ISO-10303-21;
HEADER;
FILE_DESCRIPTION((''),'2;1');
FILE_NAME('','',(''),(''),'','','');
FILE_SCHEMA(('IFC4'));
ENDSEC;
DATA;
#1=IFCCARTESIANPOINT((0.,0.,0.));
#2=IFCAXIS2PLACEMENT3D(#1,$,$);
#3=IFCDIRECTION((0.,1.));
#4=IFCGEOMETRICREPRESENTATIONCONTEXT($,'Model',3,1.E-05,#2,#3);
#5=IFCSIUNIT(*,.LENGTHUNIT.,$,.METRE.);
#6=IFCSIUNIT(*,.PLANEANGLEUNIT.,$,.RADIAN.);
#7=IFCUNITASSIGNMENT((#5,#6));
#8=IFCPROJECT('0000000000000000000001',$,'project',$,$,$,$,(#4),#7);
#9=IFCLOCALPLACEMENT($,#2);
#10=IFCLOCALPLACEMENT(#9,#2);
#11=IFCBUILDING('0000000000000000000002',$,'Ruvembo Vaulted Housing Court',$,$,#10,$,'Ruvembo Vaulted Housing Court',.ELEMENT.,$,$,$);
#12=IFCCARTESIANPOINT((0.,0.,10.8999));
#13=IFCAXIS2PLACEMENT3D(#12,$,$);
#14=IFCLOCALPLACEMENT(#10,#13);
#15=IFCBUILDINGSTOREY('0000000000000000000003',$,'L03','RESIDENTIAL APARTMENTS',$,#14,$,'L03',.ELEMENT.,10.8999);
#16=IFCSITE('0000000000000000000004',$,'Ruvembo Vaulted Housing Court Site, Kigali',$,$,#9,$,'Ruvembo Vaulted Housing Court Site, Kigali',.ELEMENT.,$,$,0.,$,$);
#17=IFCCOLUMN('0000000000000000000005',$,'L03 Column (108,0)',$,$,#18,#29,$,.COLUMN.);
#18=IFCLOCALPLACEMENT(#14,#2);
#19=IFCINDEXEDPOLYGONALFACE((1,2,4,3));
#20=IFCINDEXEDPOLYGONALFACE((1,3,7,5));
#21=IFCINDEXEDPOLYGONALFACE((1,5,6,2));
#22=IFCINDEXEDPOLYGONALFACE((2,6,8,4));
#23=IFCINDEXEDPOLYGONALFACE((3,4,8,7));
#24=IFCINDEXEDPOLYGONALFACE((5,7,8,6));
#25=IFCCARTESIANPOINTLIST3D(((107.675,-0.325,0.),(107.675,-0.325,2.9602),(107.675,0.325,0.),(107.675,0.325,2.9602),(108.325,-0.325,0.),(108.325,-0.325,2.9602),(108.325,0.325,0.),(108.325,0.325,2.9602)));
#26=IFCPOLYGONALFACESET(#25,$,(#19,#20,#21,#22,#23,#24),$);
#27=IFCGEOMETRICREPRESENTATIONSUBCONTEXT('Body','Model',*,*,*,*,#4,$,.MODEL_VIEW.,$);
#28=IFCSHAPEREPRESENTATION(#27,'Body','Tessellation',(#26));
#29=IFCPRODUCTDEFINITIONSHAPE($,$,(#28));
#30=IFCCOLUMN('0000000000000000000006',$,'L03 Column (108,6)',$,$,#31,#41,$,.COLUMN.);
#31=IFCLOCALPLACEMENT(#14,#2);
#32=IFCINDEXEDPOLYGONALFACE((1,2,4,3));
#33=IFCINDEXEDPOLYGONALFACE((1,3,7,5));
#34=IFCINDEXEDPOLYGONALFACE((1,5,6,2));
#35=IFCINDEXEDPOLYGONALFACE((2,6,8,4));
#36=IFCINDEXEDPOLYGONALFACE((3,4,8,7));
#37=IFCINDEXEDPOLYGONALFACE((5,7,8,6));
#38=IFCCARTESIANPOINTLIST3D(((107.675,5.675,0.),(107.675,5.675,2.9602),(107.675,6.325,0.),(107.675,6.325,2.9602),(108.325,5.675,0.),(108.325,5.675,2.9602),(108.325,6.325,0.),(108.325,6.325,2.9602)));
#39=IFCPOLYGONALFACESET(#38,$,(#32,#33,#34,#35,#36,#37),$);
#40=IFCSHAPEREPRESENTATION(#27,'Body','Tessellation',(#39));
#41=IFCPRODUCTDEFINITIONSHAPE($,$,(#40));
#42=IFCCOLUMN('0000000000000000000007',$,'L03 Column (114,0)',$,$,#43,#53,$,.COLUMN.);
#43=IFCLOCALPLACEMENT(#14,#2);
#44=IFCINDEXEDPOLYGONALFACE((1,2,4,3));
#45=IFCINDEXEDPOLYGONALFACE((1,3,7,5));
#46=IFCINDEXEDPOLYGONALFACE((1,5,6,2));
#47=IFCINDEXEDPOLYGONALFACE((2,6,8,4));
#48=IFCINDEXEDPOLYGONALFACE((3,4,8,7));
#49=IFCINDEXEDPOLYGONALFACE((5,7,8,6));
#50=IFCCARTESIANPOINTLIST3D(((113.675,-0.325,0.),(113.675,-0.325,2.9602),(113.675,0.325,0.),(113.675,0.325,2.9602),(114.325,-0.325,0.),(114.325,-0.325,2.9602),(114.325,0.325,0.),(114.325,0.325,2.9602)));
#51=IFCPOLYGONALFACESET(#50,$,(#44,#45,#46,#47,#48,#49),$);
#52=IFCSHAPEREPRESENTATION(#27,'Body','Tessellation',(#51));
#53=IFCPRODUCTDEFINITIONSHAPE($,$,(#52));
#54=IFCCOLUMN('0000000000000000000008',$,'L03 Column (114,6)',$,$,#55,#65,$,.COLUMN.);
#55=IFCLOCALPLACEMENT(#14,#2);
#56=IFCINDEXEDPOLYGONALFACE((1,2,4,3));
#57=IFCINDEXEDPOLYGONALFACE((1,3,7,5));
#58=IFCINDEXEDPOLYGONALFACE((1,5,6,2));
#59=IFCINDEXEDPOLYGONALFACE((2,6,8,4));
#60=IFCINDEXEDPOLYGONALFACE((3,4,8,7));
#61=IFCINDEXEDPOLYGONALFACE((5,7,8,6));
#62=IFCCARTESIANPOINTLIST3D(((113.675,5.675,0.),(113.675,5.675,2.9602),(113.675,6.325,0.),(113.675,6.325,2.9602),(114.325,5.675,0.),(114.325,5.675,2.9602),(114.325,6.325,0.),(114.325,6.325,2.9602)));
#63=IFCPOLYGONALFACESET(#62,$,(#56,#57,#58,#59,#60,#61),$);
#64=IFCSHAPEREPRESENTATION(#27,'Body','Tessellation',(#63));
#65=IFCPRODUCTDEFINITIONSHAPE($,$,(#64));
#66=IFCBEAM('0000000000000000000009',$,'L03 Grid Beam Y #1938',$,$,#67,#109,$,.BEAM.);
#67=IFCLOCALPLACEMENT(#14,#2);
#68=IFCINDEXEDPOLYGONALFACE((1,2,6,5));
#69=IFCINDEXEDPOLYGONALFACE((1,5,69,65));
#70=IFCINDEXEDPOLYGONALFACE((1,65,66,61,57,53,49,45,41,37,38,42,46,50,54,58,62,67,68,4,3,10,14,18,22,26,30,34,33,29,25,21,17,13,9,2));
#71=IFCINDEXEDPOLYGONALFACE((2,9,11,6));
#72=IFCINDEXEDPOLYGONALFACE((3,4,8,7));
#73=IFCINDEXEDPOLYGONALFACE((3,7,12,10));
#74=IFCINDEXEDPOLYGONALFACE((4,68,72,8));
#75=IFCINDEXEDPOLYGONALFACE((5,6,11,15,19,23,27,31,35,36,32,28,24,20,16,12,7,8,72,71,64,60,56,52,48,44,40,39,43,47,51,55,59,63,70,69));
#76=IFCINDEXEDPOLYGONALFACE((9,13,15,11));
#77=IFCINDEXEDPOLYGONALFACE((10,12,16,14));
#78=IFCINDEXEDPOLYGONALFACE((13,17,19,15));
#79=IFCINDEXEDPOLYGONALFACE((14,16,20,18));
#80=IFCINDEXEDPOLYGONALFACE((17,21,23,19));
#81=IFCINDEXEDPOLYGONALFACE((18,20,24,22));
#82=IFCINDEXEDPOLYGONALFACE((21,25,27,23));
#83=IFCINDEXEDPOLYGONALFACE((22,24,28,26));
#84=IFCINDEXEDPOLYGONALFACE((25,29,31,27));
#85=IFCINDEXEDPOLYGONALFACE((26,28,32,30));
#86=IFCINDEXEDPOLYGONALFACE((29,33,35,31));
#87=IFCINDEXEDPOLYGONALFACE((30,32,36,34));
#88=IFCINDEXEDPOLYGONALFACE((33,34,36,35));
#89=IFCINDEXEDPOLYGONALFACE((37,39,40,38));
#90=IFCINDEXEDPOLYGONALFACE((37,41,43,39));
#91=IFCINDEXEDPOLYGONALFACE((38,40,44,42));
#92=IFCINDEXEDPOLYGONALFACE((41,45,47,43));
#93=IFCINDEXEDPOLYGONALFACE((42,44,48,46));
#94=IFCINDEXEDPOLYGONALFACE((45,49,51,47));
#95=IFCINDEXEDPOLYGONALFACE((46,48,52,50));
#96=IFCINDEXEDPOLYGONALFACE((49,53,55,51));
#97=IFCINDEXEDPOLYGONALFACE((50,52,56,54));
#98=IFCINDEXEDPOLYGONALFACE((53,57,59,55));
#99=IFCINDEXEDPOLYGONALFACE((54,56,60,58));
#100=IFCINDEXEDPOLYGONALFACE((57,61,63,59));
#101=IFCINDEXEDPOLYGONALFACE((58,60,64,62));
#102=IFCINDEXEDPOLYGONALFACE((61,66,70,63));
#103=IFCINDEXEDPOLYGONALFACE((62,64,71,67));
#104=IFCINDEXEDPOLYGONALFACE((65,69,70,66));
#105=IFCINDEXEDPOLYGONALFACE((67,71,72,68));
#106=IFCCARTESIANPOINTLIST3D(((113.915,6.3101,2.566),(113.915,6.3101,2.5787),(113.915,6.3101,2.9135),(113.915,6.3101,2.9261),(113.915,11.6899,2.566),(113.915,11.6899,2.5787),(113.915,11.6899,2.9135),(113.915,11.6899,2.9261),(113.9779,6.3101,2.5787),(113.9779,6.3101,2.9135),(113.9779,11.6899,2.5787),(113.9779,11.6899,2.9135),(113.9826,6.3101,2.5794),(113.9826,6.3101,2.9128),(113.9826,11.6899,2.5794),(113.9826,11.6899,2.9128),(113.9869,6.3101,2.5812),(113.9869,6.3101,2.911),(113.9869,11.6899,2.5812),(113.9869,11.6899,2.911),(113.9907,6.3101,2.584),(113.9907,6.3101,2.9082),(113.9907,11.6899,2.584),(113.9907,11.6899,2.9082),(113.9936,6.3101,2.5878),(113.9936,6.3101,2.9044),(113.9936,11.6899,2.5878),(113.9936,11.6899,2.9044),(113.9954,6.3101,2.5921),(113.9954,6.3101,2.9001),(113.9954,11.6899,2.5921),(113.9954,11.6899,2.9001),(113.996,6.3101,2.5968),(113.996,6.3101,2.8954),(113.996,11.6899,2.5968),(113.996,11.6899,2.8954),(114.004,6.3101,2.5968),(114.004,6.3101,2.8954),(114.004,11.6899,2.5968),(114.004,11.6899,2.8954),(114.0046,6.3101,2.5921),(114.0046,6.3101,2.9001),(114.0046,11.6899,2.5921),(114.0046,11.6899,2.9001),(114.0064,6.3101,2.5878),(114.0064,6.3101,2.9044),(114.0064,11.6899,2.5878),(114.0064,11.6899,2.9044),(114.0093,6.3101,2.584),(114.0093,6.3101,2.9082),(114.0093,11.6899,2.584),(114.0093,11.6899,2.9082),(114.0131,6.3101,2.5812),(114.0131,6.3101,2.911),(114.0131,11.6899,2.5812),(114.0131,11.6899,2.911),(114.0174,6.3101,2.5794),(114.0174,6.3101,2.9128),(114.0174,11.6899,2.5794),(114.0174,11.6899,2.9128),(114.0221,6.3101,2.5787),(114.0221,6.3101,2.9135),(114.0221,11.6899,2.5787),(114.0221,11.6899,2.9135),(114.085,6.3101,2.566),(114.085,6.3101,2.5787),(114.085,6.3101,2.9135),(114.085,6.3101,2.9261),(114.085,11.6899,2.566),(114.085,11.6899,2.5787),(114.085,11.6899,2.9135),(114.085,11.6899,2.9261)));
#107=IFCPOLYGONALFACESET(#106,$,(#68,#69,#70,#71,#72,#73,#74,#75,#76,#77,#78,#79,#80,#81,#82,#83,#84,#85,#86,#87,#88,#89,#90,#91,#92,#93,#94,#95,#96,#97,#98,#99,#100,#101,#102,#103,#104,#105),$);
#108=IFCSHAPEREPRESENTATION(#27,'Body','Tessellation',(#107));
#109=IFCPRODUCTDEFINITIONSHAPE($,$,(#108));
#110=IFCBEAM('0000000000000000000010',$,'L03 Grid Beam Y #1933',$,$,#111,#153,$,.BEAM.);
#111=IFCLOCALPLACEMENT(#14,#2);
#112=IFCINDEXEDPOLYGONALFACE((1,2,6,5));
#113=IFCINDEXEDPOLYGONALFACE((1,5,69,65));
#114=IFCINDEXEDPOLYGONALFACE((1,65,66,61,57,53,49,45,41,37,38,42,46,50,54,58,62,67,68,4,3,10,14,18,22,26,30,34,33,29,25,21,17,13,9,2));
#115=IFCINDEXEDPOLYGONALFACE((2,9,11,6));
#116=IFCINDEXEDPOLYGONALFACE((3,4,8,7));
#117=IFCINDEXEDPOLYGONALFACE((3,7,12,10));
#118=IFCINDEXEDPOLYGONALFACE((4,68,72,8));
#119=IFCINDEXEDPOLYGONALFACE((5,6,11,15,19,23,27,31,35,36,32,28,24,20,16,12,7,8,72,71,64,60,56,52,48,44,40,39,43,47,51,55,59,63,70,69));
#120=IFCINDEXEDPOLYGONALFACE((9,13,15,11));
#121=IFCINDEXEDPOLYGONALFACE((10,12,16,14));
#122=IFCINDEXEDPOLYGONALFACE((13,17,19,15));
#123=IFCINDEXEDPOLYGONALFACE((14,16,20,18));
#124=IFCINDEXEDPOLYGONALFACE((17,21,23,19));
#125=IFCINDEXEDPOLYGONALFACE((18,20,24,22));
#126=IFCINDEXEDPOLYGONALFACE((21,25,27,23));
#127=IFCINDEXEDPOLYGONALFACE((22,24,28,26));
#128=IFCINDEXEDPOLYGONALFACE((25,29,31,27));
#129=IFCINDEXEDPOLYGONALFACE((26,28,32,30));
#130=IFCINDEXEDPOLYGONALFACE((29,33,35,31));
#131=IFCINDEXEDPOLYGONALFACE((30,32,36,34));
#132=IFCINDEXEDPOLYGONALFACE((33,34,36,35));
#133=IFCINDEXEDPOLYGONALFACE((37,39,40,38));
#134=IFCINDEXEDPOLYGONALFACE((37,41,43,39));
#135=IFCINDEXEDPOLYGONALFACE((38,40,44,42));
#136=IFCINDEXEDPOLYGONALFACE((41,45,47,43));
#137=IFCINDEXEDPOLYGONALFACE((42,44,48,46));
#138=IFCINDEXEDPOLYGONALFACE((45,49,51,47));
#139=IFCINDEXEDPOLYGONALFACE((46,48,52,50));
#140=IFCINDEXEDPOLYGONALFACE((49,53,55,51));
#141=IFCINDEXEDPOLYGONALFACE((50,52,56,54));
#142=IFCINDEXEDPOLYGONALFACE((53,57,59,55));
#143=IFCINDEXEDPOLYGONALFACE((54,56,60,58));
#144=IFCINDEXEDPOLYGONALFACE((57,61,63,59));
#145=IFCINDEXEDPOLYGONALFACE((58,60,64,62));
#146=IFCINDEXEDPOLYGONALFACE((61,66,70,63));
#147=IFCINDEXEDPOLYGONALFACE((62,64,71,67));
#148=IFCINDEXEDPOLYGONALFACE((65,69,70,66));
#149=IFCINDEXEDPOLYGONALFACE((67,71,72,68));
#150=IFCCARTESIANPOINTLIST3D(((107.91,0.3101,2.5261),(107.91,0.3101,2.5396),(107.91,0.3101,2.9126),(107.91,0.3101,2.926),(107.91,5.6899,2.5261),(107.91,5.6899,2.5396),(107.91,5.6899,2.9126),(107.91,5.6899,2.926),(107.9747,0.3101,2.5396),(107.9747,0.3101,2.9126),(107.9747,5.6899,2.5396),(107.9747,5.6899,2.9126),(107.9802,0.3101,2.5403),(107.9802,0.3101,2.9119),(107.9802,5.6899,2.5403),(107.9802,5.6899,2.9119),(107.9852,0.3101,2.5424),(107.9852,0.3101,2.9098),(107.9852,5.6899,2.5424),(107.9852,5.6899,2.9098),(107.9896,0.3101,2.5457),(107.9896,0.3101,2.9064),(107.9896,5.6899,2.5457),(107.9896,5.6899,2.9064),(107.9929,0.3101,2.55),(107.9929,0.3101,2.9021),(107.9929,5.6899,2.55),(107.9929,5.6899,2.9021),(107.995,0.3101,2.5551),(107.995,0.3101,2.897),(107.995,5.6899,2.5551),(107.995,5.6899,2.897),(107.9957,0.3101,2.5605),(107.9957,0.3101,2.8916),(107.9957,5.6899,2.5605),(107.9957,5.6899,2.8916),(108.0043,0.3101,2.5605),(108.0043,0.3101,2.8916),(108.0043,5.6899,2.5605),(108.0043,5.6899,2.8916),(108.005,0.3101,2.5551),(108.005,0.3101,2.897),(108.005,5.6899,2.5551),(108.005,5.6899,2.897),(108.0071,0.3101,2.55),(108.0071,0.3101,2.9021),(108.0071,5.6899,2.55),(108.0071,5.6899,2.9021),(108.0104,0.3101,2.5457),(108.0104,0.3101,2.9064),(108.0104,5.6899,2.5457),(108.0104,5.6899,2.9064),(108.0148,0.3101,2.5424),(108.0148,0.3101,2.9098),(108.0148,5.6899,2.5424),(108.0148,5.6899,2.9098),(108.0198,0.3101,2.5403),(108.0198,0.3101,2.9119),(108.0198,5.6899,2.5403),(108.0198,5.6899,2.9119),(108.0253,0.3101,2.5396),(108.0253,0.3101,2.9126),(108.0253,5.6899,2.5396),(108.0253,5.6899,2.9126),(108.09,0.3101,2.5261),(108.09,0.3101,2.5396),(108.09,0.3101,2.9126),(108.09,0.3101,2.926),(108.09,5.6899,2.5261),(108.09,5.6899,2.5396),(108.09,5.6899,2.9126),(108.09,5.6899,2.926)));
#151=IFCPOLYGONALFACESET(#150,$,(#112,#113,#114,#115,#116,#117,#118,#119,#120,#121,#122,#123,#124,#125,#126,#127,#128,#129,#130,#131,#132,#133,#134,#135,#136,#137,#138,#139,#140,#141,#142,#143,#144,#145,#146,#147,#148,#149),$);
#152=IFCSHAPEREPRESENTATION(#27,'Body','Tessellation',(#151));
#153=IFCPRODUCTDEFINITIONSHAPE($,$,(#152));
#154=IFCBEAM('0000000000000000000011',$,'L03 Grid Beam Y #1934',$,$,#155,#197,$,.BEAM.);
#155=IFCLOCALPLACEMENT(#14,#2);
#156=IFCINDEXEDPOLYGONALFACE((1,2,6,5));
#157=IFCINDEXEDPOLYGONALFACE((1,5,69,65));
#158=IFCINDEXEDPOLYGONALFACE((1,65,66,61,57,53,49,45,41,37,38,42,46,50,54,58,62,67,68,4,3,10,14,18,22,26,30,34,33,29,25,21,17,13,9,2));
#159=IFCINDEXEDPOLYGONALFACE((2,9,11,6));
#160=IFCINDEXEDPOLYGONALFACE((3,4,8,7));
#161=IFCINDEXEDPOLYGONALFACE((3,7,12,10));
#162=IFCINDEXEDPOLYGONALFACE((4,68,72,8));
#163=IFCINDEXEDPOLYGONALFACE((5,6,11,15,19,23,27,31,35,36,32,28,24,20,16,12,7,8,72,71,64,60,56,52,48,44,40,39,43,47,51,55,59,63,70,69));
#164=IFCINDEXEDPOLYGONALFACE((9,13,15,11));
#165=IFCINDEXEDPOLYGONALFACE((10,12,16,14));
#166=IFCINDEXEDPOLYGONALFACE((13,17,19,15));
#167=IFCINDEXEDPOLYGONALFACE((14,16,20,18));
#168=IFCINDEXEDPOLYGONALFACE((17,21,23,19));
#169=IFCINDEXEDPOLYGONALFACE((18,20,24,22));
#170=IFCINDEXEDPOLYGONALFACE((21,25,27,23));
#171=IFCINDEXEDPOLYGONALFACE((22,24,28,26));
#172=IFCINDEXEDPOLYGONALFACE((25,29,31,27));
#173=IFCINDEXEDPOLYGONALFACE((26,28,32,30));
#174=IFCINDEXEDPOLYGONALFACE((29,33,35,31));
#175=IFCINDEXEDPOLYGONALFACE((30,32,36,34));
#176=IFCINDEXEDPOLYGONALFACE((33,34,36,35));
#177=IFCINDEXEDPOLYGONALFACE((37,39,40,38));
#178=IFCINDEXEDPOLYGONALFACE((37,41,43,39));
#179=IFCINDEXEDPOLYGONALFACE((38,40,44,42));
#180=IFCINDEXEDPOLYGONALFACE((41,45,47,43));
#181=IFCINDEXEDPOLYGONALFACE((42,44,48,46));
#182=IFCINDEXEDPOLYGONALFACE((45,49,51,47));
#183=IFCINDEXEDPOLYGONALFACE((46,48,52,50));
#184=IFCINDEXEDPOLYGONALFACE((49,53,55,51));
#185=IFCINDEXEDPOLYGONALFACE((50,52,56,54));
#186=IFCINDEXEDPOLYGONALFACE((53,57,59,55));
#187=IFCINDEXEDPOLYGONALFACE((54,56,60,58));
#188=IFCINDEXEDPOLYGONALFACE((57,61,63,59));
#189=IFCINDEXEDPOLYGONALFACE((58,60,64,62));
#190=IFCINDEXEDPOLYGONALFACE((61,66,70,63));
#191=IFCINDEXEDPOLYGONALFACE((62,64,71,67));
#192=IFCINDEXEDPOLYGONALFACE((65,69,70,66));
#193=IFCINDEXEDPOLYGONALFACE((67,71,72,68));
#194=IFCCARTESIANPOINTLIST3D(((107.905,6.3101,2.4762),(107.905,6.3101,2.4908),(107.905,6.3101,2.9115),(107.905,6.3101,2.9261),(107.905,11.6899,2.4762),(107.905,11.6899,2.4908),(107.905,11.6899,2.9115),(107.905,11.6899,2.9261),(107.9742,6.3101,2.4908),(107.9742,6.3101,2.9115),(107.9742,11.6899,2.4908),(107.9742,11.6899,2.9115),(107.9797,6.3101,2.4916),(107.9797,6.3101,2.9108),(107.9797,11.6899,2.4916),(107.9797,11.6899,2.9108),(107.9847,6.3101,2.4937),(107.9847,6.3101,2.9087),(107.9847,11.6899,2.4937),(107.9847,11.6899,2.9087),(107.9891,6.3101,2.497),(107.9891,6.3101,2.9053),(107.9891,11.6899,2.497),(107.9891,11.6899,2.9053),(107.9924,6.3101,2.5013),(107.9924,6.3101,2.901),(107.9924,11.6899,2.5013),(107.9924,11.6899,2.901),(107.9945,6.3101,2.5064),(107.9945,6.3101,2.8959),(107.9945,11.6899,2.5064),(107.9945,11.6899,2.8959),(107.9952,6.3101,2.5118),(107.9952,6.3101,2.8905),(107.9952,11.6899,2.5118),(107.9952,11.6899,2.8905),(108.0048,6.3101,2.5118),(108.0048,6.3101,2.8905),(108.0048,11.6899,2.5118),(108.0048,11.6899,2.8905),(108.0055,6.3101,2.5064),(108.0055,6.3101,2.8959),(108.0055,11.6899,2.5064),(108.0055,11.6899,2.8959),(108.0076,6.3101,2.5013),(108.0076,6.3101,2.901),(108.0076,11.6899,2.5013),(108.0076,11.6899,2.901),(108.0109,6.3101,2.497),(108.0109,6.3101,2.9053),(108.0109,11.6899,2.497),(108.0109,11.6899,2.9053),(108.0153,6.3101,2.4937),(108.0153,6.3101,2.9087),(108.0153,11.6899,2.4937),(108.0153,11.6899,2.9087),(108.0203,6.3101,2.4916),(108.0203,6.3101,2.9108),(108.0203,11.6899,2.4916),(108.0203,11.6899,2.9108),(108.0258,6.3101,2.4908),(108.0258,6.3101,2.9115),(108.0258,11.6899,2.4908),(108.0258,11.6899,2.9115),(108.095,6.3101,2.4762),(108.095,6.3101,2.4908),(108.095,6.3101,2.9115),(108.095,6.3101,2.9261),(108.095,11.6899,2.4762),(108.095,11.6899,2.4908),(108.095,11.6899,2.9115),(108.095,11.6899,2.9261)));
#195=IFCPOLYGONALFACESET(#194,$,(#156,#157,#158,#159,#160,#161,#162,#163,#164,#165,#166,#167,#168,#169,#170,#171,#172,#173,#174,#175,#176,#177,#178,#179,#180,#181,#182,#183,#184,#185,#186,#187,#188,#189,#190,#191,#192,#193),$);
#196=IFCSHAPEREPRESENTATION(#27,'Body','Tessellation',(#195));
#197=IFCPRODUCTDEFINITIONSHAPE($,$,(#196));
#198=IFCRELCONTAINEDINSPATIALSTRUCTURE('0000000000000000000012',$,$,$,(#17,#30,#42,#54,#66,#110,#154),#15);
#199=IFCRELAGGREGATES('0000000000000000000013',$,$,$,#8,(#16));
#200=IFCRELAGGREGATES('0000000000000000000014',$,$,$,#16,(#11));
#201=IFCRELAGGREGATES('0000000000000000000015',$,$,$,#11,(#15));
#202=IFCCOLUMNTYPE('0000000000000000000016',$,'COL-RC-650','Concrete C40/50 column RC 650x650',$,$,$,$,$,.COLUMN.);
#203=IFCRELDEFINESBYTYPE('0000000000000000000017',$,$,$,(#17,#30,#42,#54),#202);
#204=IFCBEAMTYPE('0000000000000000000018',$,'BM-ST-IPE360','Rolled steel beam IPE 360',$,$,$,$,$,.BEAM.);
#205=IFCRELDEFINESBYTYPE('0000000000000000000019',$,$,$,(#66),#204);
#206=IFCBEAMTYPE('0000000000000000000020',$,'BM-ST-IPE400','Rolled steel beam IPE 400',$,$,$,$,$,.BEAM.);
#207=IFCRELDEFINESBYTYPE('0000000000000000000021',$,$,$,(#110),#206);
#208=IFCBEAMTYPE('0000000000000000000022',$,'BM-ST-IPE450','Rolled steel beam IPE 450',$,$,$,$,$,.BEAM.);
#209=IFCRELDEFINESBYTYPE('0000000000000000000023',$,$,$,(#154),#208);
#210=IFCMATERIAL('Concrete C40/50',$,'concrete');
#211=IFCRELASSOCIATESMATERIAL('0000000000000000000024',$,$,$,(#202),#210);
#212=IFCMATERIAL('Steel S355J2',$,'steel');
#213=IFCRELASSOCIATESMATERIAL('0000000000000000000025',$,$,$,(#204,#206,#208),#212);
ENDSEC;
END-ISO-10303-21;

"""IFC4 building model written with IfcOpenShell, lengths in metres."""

from ifc_helpers import new_model, si_unit, direction, frame, origin, origin_2d, place, context, subcontext, project, spatial, rectangle, i_section, extrude, material, material_profile, profile_set, type_object, element, save


model = new_model("IFC4")

# Units and contexts
model_context = context("Model", 3, precision=1e-05, world=origin(), true_north=direction((0.0, 1.0)))
body_context = subcontext(model_context, "Body", "Model", "MODEL_VIEW")
ifc_project = project(units=[si_unit("LENGTHUNIT", "METRE"), si_unit("PLANEANGLEUNIT", "RADIAN")], contexts=[model_context])

# Site, building, storey
site_placement = place(None, origin())
site = spatial("IfcSite", under=ifc_project, at=site_placement, Name="Ruvembo Vaulted Housing Court Site, Kigali", LongName="Ruvembo Vaulted Housing Court Site, Kigali", CompositionType="ELEMENT", RefElevation=0.0)
building_placement = place(site_placement, origin())
building = spatial("IfcBuilding", under=site, at=building_placement, Name="Ruvembo Vaulted Housing Court", LongName="Ruvembo Vaulted Housing Court", CompositionType="ELEMENT")
storey_placement = place(building_placement, frame((0.0, 0.0, 10.8999)))
storey = spatial("IfcBuildingStorey", under=building, at=storey_placement, Name="L03", Description="RESIDENTIAL APARTMENTS", LongName="L03", CompositionType="ELEMENT", Elevation=10.8999)

# Columns
ifc_material_1 = material(Name="Concrete C40/50", Category="concrete")
ifc_material_profile_1 = material_profile(ifc_material_1, rectangle(XDim=0.6499, YDim=0.6499, at=origin_2d()), Name="RC 650x650")
ifc_profile_set_1 = profile_set([ifc_material_profile_1], Name="Concrete C40/50")
column_type = type_object("IfcColumnType", Name="COL-RC-650", Description="Concrete C40/50 column RC 650x650", PredefinedType="COLUMN", material=ifc_profile_set_1)
for number, where, z_axis, x_axis, name in (
    (1, (108.0, 0.0, 0.0), (0.0, 0.0, 1.0), (1.0, 0.0, 0.0), "L03 Column (108,0)"),
    (2, (108.0, 6.0, 0.0), (0.0, 0.0, 1.0), (1.0, 0.0, 0.0), "L03 Column (108,6)"),
    (3, (114.0, 0.0, 0.0), (0.0, 0.0, 1.0), (1.0, 0.0, 0.0), "L03 Column (114,0)"),
    (4, (114.0, 6.0, 0.0), (0.0, 0.0, 1.0), (1.0, 0.0, 0.0), "L03 Column (114,6)"),
):
    element("IfcColumn", number, at=place(storey_placement, frame(where, z_axis=z_axis, x_axis=x_axis)), inside=storey, type_object=column_type, Name=name, PredefinedType="COLUMN", context=body_context, shape_type="SweptSolid", body=[
        extrude(rectangle(XDim=0.6499, YDim=0.6499, at=origin_2d()), origin(), (0.0, 0.0, 1.0), 2.9602),
    ])

# Beams
ifc_material_2 = material(Name="Steel S355J2", Category="steel")
ifc_material_profile_2 = material_profile(ifc_material_2, i_section(OverallWidth=0.1699, OverallDepth=0.3601, WebThickness=0.0081, FlangeThickness=0.0127, FilletRadius=0.0181, at=origin_2d()), Name="IPE 360")
ifc_profile_set_2 = profile_set([ifc_material_profile_2], Name="Steel S355J2")
beam_type_1 = type_object("IfcBeamType", Name="BM-ST-IPE360", Description="Rolled steel beam IPE 360", PredefinedType="BEAM", material=ifc_profile_set_2)
beam_1_placement = place(storey_placement, frame((114.0, 6.3101, 2.7461), z_axis=(0.0, 1.0, 0.0), x_axis=(-1.0, 0.0, 0.0)))
element("IfcBeam", 5, at=beam_1_placement, inside=storey, type_object=beam_type_1, Name="L03 Grid Beam Y #1938", PredefinedType="BEAM", context=body_context, shape_type="SweptSolid", body=[
    extrude(i_section(OverallWidth=0.1699, OverallDepth=0.3601, WebThickness=0.0081, FlangeThickness=0.0127, FilletRadius=0.0181, at=origin_2d()), origin(), (0.0, 0.0, 1.0), 5.3799),
])
ifc_material_profile_3 = material_profile(ifc_material_2, i_section(OverallWidth=0.1799, OverallDepth=0.3999, WebThickness=0.0085, FlangeThickness=0.0134, FilletRadius=0.021, at=origin_2d()), Name="IPE 400")
ifc_profile_set_3 = profile_set([ifc_material_profile_3], Name="Steel S355J2")
beam_type_2 = type_object("IfcBeamType", Name="BM-ST-IPE400", Description="Rolled steel beam IPE 400", PredefinedType="BEAM", material=ifc_profile_set_3)
beam_2_placement = place(storey_placement, frame((108.0, 0.3101, 2.7261), z_axis=(0.0, 1.0, 0.0), x_axis=(-1.0, 0.0, 0.0)))
element("IfcBeam", 6, at=beam_2_placement, inside=storey, type_object=beam_type_2, Name="L03 Grid Beam Y #1933", PredefinedType="BEAM", context=body_context, shape_type="SweptSolid", body=[
    extrude(i_section(OverallWidth=0.1799, OverallDepth=0.3999, WebThickness=0.0085, FlangeThickness=0.0134, FilletRadius=0.021, at=origin_2d()), origin(), (0.0, 0.0, 1.0), 5.3799),
])
ifc_material_profile_4 = material_profile(ifc_material_2, i_section(OverallWidth=0.1899, OverallDepth=0.45, WebThickness=0.0095, FlangeThickness=0.0146, FilletRadius=0.021, at=origin_2d()), Name="IPE 450")
ifc_profile_set_4 = profile_set([ifc_material_profile_4], Name="Steel S355J2")
beam_type_3 = type_object("IfcBeamType", Name="BM-ST-IPE450", Description="Rolled steel beam IPE 450", PredefinedType="BEAM", material=ifc_profile_set_4)
for number, where, z_axis, x_axis, name in (
    (7, (108.0, 6.3101, 2.7012), (0.0, 1.0, 0.0), (-1.0, 0.0, 0.0), "L03 Grid Beam Y #1934"),
):
    element("IfcBeam", number, at=place(storey_placement, frame(where, z_axis=z_axis, x_axis=x_axis)), inside=storey, type_object=beam_type_3, Name=name, PredefinedType="BEAM", context=body_context, shape_type="SweptSolid", body=[
        extrude(i_section(OverallWidth=0.1899, OverallDepth=0.45, WebThickness=0.0095, FlangeThickness=0.0146, FilletRadius=0.021, at=origin_2d()), origin(), (0.0, 0.0, 1.0), 5.3799),
    ])

save(model, "model.ifc")
